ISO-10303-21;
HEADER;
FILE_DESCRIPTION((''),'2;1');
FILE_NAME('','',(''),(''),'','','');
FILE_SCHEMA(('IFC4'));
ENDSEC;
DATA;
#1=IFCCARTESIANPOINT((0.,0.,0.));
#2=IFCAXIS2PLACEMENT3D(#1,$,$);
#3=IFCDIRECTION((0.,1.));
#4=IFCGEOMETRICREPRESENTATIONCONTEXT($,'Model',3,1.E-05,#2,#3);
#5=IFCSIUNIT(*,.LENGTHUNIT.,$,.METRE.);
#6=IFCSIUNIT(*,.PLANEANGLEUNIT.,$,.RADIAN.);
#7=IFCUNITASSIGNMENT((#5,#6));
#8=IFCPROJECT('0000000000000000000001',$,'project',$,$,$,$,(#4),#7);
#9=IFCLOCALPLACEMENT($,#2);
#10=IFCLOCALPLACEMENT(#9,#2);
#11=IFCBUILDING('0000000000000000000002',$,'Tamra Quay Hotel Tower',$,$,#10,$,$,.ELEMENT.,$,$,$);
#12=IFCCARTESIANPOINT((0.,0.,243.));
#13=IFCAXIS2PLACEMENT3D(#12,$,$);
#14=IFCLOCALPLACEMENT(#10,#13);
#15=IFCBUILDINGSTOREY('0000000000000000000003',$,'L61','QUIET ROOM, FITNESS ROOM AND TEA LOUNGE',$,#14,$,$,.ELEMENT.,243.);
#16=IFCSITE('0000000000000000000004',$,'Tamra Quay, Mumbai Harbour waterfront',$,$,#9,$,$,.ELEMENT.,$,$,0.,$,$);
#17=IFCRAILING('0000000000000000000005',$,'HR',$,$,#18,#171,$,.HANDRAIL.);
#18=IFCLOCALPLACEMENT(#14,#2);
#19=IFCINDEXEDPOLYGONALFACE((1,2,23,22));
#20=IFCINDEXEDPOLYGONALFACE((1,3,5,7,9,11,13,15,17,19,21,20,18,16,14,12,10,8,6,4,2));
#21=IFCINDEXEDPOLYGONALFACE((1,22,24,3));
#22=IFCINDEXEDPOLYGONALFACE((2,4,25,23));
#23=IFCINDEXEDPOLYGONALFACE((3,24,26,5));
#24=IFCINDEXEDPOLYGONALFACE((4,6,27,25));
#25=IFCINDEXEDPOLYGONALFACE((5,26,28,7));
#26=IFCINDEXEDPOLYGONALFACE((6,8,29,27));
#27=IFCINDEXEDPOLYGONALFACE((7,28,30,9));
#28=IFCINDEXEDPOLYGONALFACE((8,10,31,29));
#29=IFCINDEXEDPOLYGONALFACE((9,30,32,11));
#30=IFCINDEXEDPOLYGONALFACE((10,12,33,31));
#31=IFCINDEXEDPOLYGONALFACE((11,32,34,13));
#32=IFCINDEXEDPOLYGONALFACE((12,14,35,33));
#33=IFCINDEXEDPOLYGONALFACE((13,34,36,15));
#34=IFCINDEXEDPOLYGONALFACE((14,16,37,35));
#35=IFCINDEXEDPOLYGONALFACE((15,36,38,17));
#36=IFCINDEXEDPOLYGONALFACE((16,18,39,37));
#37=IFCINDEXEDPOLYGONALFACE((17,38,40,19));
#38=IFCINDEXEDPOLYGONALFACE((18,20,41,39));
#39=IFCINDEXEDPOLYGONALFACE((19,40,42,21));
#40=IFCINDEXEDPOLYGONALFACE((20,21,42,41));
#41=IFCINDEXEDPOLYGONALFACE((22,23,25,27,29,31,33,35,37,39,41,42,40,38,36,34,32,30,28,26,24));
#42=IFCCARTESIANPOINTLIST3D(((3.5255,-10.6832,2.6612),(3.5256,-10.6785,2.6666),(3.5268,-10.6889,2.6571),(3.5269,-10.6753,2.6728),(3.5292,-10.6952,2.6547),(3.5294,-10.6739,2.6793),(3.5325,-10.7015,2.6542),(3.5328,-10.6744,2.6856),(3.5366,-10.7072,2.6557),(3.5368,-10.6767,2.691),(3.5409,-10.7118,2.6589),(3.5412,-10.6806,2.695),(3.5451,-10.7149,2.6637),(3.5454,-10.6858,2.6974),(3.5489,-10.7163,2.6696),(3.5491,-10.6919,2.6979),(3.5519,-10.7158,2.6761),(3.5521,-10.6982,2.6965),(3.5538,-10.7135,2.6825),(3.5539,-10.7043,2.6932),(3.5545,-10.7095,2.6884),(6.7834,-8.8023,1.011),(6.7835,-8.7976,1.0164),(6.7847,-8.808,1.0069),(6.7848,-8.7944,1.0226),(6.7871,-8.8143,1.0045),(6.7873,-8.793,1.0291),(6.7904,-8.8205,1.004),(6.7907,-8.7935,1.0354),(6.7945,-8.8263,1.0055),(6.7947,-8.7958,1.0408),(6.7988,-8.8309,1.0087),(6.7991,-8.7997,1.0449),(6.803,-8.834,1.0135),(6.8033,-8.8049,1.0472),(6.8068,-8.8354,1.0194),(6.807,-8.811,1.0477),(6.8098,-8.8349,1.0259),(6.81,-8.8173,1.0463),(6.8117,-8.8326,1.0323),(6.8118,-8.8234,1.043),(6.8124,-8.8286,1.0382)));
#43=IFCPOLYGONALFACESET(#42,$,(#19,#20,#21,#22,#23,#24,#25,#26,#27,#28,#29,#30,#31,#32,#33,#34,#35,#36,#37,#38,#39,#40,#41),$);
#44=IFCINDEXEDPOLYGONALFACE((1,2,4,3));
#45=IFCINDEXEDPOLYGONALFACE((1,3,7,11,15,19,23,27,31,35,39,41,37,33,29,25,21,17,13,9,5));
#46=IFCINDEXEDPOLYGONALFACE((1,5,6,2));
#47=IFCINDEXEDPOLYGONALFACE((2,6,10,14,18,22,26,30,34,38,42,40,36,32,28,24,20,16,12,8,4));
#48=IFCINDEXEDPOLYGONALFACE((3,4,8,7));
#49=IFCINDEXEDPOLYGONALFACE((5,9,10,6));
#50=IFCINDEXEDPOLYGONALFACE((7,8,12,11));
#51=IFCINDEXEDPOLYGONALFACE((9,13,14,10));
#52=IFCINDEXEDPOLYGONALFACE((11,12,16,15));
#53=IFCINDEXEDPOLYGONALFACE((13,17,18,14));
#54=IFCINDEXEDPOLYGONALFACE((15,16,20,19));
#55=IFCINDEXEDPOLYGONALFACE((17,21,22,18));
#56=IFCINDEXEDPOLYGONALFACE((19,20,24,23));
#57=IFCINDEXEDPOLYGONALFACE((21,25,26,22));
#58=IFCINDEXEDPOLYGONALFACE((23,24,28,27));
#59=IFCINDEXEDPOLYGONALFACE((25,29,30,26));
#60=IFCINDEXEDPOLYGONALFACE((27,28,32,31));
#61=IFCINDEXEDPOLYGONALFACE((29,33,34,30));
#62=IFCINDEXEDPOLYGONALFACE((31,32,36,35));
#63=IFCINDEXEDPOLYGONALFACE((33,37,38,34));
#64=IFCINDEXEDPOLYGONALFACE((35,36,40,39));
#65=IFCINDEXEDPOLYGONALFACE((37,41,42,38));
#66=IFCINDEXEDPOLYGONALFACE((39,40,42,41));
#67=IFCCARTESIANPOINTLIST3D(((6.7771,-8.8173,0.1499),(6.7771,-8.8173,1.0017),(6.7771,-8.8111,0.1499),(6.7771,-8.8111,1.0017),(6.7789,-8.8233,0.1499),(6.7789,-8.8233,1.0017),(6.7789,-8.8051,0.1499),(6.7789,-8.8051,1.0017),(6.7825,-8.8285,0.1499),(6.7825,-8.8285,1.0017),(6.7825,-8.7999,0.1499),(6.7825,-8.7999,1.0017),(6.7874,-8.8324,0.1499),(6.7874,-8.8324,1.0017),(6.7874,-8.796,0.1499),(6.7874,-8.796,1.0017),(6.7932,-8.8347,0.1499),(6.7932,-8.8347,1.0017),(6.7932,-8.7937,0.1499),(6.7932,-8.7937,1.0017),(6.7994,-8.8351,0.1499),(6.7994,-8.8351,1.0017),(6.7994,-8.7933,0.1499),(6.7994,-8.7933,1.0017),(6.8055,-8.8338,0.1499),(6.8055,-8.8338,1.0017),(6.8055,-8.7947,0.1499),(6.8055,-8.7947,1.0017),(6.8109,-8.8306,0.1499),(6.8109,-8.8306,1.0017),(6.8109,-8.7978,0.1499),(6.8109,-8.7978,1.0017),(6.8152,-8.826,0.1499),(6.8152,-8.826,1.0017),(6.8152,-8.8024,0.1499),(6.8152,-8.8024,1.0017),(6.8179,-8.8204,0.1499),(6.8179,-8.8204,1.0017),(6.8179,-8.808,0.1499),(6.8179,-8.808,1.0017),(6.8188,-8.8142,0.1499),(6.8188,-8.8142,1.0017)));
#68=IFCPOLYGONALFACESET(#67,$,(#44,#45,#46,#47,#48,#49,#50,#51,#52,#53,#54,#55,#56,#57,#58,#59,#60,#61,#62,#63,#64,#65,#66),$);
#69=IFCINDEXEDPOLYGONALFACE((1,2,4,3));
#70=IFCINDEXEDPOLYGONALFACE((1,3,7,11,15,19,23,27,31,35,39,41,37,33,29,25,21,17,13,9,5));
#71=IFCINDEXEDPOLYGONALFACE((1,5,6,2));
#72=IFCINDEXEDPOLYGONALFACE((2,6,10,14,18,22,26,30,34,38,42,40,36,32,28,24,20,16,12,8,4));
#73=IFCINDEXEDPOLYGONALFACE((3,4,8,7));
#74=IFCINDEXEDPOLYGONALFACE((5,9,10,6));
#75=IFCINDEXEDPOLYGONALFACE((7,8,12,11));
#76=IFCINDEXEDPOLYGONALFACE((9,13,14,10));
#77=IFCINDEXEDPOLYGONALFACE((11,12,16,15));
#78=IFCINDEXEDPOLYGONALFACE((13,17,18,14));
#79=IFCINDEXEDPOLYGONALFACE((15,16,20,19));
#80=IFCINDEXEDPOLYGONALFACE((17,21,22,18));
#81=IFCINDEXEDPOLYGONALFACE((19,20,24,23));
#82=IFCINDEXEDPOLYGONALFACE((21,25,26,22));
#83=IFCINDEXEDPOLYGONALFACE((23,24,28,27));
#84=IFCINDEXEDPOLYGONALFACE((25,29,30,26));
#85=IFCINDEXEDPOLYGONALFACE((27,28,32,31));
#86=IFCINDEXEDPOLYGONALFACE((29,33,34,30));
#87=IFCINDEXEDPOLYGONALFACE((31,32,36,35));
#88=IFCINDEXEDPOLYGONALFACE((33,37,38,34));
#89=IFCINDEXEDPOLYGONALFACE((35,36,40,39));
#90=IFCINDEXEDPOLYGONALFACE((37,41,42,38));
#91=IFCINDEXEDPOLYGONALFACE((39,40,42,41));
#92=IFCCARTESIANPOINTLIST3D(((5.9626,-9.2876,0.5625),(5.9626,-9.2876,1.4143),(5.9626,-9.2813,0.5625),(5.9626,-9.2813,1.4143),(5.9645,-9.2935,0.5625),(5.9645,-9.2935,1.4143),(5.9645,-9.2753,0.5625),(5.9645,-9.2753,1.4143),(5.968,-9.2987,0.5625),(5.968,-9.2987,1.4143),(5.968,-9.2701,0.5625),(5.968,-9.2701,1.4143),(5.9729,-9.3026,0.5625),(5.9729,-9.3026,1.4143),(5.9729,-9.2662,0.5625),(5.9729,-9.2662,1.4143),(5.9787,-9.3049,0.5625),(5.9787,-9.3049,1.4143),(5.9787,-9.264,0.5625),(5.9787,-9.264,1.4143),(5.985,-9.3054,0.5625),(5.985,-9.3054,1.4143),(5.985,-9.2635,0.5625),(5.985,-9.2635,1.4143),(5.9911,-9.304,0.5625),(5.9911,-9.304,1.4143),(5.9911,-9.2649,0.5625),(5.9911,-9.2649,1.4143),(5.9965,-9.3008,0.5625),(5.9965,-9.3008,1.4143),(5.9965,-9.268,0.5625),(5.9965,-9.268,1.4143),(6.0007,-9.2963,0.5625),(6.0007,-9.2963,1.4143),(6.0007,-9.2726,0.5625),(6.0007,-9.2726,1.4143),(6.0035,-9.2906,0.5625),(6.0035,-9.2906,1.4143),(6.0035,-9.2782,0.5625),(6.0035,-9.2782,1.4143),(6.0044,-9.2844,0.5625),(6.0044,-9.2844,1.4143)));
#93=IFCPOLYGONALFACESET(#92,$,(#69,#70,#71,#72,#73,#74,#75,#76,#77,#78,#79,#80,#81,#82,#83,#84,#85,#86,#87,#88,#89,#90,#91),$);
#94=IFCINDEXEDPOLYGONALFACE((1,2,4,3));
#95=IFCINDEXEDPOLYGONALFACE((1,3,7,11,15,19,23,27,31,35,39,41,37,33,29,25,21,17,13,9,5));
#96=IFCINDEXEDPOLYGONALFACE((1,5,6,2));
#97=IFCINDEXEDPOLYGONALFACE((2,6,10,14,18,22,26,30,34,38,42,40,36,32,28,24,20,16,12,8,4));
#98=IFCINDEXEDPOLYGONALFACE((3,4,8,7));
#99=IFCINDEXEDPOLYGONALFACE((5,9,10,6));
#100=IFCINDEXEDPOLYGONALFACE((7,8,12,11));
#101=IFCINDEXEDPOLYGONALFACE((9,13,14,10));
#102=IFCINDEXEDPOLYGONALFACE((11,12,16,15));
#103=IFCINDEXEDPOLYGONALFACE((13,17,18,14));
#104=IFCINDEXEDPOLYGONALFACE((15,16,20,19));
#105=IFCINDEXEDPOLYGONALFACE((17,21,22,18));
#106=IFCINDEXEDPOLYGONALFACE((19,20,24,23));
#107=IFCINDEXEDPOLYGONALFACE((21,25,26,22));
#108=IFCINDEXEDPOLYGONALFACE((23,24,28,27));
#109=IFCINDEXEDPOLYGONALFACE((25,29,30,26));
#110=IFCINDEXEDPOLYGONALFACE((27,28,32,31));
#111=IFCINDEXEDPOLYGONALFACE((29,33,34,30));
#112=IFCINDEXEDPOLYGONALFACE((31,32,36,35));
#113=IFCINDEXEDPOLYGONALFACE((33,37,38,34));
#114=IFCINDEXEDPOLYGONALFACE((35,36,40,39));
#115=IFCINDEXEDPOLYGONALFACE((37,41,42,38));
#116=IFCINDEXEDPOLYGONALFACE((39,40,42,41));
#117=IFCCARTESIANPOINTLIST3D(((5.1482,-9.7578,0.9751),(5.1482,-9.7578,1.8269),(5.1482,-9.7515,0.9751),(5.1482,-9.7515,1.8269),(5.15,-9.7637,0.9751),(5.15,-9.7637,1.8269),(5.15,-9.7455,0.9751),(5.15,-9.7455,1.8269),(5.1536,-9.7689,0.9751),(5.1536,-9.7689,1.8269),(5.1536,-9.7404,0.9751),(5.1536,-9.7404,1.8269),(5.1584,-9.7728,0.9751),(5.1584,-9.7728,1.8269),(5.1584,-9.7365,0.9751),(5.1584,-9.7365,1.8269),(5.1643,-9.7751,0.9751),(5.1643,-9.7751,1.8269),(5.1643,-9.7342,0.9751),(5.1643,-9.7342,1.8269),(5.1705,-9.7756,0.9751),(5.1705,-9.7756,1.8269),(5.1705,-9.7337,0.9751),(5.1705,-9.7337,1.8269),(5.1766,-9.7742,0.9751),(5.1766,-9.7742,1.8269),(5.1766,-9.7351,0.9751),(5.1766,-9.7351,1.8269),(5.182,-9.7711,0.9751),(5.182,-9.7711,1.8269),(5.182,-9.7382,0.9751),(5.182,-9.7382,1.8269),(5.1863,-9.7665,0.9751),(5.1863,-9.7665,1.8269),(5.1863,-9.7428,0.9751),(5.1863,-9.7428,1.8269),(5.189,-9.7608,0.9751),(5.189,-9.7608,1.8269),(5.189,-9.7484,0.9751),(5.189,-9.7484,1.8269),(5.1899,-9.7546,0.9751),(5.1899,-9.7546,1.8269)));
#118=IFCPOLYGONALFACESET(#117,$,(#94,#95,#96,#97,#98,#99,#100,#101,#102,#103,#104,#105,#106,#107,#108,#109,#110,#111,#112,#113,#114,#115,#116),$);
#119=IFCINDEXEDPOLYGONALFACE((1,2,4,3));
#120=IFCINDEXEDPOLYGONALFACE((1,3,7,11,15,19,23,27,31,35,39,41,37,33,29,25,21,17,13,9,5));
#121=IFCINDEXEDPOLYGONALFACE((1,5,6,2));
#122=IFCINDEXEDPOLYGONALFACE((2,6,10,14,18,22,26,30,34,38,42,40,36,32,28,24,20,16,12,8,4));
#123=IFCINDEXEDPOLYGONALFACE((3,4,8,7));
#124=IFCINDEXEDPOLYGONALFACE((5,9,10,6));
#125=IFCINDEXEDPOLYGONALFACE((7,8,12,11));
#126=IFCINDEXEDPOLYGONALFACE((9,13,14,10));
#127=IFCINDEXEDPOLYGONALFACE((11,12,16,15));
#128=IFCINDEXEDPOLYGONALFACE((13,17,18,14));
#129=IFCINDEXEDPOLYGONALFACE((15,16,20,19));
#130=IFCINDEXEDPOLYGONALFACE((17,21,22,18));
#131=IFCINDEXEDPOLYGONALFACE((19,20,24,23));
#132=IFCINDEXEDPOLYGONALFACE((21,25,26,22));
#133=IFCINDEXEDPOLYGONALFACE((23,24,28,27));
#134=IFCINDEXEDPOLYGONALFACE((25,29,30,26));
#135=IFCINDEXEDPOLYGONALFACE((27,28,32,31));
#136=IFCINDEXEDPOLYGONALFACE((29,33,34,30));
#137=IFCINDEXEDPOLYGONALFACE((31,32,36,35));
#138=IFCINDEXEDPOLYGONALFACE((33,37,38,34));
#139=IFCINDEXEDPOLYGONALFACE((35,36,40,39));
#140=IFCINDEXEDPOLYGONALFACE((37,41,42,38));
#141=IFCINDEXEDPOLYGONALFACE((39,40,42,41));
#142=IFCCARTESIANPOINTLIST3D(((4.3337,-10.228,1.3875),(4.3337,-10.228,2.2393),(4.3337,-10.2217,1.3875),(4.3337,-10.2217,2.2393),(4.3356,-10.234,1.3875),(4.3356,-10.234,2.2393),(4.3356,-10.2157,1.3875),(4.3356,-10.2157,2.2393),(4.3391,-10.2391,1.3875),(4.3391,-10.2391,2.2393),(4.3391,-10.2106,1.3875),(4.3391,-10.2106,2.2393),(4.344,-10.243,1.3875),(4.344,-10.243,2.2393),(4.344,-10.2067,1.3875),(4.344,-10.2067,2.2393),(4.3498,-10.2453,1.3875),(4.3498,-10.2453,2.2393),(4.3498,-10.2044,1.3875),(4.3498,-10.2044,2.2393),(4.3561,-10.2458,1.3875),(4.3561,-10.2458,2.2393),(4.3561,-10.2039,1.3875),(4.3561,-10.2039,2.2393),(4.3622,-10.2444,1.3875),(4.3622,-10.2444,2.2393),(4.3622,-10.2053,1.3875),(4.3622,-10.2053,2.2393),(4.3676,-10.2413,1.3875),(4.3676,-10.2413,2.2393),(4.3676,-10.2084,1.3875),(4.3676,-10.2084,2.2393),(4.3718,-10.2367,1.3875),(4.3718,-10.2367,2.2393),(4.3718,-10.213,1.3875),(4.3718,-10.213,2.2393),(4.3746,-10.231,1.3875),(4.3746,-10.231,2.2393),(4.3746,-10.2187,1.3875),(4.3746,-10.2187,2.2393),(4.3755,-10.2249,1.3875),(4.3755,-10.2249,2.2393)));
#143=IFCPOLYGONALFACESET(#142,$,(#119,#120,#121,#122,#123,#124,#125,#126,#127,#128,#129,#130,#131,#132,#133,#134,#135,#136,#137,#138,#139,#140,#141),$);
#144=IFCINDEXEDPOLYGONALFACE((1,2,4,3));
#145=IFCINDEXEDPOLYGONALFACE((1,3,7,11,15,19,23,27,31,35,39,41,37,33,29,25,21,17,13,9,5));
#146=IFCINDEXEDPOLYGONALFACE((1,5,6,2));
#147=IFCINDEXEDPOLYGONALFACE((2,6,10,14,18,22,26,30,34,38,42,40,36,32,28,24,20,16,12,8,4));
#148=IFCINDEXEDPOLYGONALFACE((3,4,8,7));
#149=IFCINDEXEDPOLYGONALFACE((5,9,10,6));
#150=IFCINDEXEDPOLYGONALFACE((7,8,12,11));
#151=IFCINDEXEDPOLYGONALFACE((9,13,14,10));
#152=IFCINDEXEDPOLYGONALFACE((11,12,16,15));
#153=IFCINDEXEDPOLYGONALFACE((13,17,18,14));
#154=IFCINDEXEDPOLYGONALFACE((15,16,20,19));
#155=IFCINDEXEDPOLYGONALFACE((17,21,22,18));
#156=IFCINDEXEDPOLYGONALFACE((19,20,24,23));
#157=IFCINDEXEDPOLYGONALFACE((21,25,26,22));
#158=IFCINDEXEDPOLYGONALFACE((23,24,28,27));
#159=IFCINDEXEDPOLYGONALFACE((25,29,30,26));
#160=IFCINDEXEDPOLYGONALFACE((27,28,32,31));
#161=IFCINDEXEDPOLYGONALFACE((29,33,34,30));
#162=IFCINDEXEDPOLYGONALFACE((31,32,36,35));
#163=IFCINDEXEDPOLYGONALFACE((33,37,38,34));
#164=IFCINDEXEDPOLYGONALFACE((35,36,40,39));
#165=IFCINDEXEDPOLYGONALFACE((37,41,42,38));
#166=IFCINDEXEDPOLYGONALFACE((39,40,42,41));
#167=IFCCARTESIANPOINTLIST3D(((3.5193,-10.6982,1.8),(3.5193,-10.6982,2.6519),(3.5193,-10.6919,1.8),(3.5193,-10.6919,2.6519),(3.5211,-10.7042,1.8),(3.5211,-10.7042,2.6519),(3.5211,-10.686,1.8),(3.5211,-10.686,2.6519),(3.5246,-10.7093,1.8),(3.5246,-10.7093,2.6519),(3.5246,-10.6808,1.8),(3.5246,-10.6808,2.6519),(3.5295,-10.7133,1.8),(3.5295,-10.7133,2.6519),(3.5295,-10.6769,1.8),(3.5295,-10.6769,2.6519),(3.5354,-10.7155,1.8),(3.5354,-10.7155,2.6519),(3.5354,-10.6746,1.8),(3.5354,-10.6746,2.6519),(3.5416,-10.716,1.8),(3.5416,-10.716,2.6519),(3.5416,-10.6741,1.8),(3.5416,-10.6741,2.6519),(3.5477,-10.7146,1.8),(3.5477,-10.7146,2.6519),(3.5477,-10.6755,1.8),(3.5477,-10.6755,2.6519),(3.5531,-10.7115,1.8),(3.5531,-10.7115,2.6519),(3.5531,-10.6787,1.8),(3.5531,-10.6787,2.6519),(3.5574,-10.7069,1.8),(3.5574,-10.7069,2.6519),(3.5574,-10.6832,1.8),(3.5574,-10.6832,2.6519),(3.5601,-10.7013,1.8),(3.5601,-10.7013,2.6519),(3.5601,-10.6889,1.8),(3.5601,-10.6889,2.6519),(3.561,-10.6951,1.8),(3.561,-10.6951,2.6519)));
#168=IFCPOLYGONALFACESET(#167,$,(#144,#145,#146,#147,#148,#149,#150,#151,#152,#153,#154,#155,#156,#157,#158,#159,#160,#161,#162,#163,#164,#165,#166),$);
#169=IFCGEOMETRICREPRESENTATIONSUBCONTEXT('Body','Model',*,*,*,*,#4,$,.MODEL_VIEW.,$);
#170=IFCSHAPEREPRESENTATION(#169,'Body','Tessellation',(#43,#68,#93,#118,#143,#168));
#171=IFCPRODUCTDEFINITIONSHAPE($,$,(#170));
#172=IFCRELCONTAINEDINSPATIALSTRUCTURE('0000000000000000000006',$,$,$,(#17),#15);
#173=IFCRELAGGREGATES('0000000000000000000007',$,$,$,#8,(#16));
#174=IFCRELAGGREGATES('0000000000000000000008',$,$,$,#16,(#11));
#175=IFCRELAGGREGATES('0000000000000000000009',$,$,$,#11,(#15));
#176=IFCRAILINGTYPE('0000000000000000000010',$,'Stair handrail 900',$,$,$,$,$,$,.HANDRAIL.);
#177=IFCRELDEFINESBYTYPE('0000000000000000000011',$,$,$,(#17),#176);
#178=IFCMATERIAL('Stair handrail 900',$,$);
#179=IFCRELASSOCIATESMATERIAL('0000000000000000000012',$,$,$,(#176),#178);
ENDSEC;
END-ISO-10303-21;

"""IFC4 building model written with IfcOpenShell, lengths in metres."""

from ifc_helpers import new_model, si_unit, direction, frame, origin, origin_2d, place, context, subcontext, project, spatial, circle, extrude, material, type_object, element, save


model = new_model("IFC4")

# Units and contexts
model_context = context("Model", 3, precision=1e-05, world=origin(), true_north=direction((0.0, 1.0)))
body_context = subcontext(model_context, "Body", "Model", "MODEL_VIEW")
ifc_project = project(units=[si_unit("LENGTHUNIT", "METRE"), si_unit("PLANEANGLEUNIT", "RADIAN")], contexts=[model_context])

# Site, building, storey
site_placement = place(None, origin())
site = spatial("IfcSite", under=ifc_project, at=site_placement, Name="Tamra Quay, Mumbai Harbour waterfront", CompositionType="ELEMENT", RefElevation=0.0)
building_placement = place(site_placement, origin())
building = spatial("IfcBuilding", under=site, at=building_placement, Name="Tamra Quay Hotel Tower", CompositionType="ELEMENT")
storey_placement = place(building_placement, frame((0.0, 0.0, 243.0)))
storey = spatial("IfcBuildingStorey", under=building, at=storey_placement, Name="L61", Description="QUIET ROOM, FITNESS ROOM AND TEA LOUNGE", CompositionType="ELEMENT", Elevation=243.0)

# Railing
ifc_material_1 = material(Name="Stair handrail 900")
railing_type_1 = type_object("IfcRailingType", Name="Stair handrail 900", PredefinedType="HANDRAIL", material=ifc_material_1)
railing_1_placement = place(storey_placement, frame((6.7979, -8.8142, 0.1499)))
element("IfcRailing", 1, at=railing_1_placement, inside=storey, type_object=railing_type_1, Name="HR", PredefinedType="HANDRAIL", context=body_context, shape_type="SweptSolid", body=[
    extrude(circle(Radius=0.0239, at=origin_2d()), frame((0.0, 0.0, 0.876), z_axis=(-0.793081, -0.457876, 0.401711), x_axis=(0.499992, -0.86603, 0.0)), (0.0, 0.0, 1.0), 4.1079),
    extrude(circle(Radius=0.021, at=origin_2d()), origin(), (0.0, 0.0, 1.0), 0.8518),
    extrude(circle(Radius=0.021, at=origin_2d()), frame((-0.8145, -0.4702, 0.4126)), (0.0, 0.0, 1.0), 0.8518),
    extrude(circle(Radius=0.021, at=origin_2d()), frame((-1.6289, -0.9404, 0.8252)), (0.0, 0.0, 1.0), 0.8518),
    extrude(circle(Radius=0.021, at=origin_2d()), frame((-2.4434, -1.4106, 1.2375)), (0.0, 0.0, 1.0), 0.8518),
    extrude(circle(Radius=0.021, at=origin_2d()), frame((-3.2578, -1.8809, 1.6501)), (0.0, 0.0, 1.0), 0.8518),
])

save(model, "model.ifc")
